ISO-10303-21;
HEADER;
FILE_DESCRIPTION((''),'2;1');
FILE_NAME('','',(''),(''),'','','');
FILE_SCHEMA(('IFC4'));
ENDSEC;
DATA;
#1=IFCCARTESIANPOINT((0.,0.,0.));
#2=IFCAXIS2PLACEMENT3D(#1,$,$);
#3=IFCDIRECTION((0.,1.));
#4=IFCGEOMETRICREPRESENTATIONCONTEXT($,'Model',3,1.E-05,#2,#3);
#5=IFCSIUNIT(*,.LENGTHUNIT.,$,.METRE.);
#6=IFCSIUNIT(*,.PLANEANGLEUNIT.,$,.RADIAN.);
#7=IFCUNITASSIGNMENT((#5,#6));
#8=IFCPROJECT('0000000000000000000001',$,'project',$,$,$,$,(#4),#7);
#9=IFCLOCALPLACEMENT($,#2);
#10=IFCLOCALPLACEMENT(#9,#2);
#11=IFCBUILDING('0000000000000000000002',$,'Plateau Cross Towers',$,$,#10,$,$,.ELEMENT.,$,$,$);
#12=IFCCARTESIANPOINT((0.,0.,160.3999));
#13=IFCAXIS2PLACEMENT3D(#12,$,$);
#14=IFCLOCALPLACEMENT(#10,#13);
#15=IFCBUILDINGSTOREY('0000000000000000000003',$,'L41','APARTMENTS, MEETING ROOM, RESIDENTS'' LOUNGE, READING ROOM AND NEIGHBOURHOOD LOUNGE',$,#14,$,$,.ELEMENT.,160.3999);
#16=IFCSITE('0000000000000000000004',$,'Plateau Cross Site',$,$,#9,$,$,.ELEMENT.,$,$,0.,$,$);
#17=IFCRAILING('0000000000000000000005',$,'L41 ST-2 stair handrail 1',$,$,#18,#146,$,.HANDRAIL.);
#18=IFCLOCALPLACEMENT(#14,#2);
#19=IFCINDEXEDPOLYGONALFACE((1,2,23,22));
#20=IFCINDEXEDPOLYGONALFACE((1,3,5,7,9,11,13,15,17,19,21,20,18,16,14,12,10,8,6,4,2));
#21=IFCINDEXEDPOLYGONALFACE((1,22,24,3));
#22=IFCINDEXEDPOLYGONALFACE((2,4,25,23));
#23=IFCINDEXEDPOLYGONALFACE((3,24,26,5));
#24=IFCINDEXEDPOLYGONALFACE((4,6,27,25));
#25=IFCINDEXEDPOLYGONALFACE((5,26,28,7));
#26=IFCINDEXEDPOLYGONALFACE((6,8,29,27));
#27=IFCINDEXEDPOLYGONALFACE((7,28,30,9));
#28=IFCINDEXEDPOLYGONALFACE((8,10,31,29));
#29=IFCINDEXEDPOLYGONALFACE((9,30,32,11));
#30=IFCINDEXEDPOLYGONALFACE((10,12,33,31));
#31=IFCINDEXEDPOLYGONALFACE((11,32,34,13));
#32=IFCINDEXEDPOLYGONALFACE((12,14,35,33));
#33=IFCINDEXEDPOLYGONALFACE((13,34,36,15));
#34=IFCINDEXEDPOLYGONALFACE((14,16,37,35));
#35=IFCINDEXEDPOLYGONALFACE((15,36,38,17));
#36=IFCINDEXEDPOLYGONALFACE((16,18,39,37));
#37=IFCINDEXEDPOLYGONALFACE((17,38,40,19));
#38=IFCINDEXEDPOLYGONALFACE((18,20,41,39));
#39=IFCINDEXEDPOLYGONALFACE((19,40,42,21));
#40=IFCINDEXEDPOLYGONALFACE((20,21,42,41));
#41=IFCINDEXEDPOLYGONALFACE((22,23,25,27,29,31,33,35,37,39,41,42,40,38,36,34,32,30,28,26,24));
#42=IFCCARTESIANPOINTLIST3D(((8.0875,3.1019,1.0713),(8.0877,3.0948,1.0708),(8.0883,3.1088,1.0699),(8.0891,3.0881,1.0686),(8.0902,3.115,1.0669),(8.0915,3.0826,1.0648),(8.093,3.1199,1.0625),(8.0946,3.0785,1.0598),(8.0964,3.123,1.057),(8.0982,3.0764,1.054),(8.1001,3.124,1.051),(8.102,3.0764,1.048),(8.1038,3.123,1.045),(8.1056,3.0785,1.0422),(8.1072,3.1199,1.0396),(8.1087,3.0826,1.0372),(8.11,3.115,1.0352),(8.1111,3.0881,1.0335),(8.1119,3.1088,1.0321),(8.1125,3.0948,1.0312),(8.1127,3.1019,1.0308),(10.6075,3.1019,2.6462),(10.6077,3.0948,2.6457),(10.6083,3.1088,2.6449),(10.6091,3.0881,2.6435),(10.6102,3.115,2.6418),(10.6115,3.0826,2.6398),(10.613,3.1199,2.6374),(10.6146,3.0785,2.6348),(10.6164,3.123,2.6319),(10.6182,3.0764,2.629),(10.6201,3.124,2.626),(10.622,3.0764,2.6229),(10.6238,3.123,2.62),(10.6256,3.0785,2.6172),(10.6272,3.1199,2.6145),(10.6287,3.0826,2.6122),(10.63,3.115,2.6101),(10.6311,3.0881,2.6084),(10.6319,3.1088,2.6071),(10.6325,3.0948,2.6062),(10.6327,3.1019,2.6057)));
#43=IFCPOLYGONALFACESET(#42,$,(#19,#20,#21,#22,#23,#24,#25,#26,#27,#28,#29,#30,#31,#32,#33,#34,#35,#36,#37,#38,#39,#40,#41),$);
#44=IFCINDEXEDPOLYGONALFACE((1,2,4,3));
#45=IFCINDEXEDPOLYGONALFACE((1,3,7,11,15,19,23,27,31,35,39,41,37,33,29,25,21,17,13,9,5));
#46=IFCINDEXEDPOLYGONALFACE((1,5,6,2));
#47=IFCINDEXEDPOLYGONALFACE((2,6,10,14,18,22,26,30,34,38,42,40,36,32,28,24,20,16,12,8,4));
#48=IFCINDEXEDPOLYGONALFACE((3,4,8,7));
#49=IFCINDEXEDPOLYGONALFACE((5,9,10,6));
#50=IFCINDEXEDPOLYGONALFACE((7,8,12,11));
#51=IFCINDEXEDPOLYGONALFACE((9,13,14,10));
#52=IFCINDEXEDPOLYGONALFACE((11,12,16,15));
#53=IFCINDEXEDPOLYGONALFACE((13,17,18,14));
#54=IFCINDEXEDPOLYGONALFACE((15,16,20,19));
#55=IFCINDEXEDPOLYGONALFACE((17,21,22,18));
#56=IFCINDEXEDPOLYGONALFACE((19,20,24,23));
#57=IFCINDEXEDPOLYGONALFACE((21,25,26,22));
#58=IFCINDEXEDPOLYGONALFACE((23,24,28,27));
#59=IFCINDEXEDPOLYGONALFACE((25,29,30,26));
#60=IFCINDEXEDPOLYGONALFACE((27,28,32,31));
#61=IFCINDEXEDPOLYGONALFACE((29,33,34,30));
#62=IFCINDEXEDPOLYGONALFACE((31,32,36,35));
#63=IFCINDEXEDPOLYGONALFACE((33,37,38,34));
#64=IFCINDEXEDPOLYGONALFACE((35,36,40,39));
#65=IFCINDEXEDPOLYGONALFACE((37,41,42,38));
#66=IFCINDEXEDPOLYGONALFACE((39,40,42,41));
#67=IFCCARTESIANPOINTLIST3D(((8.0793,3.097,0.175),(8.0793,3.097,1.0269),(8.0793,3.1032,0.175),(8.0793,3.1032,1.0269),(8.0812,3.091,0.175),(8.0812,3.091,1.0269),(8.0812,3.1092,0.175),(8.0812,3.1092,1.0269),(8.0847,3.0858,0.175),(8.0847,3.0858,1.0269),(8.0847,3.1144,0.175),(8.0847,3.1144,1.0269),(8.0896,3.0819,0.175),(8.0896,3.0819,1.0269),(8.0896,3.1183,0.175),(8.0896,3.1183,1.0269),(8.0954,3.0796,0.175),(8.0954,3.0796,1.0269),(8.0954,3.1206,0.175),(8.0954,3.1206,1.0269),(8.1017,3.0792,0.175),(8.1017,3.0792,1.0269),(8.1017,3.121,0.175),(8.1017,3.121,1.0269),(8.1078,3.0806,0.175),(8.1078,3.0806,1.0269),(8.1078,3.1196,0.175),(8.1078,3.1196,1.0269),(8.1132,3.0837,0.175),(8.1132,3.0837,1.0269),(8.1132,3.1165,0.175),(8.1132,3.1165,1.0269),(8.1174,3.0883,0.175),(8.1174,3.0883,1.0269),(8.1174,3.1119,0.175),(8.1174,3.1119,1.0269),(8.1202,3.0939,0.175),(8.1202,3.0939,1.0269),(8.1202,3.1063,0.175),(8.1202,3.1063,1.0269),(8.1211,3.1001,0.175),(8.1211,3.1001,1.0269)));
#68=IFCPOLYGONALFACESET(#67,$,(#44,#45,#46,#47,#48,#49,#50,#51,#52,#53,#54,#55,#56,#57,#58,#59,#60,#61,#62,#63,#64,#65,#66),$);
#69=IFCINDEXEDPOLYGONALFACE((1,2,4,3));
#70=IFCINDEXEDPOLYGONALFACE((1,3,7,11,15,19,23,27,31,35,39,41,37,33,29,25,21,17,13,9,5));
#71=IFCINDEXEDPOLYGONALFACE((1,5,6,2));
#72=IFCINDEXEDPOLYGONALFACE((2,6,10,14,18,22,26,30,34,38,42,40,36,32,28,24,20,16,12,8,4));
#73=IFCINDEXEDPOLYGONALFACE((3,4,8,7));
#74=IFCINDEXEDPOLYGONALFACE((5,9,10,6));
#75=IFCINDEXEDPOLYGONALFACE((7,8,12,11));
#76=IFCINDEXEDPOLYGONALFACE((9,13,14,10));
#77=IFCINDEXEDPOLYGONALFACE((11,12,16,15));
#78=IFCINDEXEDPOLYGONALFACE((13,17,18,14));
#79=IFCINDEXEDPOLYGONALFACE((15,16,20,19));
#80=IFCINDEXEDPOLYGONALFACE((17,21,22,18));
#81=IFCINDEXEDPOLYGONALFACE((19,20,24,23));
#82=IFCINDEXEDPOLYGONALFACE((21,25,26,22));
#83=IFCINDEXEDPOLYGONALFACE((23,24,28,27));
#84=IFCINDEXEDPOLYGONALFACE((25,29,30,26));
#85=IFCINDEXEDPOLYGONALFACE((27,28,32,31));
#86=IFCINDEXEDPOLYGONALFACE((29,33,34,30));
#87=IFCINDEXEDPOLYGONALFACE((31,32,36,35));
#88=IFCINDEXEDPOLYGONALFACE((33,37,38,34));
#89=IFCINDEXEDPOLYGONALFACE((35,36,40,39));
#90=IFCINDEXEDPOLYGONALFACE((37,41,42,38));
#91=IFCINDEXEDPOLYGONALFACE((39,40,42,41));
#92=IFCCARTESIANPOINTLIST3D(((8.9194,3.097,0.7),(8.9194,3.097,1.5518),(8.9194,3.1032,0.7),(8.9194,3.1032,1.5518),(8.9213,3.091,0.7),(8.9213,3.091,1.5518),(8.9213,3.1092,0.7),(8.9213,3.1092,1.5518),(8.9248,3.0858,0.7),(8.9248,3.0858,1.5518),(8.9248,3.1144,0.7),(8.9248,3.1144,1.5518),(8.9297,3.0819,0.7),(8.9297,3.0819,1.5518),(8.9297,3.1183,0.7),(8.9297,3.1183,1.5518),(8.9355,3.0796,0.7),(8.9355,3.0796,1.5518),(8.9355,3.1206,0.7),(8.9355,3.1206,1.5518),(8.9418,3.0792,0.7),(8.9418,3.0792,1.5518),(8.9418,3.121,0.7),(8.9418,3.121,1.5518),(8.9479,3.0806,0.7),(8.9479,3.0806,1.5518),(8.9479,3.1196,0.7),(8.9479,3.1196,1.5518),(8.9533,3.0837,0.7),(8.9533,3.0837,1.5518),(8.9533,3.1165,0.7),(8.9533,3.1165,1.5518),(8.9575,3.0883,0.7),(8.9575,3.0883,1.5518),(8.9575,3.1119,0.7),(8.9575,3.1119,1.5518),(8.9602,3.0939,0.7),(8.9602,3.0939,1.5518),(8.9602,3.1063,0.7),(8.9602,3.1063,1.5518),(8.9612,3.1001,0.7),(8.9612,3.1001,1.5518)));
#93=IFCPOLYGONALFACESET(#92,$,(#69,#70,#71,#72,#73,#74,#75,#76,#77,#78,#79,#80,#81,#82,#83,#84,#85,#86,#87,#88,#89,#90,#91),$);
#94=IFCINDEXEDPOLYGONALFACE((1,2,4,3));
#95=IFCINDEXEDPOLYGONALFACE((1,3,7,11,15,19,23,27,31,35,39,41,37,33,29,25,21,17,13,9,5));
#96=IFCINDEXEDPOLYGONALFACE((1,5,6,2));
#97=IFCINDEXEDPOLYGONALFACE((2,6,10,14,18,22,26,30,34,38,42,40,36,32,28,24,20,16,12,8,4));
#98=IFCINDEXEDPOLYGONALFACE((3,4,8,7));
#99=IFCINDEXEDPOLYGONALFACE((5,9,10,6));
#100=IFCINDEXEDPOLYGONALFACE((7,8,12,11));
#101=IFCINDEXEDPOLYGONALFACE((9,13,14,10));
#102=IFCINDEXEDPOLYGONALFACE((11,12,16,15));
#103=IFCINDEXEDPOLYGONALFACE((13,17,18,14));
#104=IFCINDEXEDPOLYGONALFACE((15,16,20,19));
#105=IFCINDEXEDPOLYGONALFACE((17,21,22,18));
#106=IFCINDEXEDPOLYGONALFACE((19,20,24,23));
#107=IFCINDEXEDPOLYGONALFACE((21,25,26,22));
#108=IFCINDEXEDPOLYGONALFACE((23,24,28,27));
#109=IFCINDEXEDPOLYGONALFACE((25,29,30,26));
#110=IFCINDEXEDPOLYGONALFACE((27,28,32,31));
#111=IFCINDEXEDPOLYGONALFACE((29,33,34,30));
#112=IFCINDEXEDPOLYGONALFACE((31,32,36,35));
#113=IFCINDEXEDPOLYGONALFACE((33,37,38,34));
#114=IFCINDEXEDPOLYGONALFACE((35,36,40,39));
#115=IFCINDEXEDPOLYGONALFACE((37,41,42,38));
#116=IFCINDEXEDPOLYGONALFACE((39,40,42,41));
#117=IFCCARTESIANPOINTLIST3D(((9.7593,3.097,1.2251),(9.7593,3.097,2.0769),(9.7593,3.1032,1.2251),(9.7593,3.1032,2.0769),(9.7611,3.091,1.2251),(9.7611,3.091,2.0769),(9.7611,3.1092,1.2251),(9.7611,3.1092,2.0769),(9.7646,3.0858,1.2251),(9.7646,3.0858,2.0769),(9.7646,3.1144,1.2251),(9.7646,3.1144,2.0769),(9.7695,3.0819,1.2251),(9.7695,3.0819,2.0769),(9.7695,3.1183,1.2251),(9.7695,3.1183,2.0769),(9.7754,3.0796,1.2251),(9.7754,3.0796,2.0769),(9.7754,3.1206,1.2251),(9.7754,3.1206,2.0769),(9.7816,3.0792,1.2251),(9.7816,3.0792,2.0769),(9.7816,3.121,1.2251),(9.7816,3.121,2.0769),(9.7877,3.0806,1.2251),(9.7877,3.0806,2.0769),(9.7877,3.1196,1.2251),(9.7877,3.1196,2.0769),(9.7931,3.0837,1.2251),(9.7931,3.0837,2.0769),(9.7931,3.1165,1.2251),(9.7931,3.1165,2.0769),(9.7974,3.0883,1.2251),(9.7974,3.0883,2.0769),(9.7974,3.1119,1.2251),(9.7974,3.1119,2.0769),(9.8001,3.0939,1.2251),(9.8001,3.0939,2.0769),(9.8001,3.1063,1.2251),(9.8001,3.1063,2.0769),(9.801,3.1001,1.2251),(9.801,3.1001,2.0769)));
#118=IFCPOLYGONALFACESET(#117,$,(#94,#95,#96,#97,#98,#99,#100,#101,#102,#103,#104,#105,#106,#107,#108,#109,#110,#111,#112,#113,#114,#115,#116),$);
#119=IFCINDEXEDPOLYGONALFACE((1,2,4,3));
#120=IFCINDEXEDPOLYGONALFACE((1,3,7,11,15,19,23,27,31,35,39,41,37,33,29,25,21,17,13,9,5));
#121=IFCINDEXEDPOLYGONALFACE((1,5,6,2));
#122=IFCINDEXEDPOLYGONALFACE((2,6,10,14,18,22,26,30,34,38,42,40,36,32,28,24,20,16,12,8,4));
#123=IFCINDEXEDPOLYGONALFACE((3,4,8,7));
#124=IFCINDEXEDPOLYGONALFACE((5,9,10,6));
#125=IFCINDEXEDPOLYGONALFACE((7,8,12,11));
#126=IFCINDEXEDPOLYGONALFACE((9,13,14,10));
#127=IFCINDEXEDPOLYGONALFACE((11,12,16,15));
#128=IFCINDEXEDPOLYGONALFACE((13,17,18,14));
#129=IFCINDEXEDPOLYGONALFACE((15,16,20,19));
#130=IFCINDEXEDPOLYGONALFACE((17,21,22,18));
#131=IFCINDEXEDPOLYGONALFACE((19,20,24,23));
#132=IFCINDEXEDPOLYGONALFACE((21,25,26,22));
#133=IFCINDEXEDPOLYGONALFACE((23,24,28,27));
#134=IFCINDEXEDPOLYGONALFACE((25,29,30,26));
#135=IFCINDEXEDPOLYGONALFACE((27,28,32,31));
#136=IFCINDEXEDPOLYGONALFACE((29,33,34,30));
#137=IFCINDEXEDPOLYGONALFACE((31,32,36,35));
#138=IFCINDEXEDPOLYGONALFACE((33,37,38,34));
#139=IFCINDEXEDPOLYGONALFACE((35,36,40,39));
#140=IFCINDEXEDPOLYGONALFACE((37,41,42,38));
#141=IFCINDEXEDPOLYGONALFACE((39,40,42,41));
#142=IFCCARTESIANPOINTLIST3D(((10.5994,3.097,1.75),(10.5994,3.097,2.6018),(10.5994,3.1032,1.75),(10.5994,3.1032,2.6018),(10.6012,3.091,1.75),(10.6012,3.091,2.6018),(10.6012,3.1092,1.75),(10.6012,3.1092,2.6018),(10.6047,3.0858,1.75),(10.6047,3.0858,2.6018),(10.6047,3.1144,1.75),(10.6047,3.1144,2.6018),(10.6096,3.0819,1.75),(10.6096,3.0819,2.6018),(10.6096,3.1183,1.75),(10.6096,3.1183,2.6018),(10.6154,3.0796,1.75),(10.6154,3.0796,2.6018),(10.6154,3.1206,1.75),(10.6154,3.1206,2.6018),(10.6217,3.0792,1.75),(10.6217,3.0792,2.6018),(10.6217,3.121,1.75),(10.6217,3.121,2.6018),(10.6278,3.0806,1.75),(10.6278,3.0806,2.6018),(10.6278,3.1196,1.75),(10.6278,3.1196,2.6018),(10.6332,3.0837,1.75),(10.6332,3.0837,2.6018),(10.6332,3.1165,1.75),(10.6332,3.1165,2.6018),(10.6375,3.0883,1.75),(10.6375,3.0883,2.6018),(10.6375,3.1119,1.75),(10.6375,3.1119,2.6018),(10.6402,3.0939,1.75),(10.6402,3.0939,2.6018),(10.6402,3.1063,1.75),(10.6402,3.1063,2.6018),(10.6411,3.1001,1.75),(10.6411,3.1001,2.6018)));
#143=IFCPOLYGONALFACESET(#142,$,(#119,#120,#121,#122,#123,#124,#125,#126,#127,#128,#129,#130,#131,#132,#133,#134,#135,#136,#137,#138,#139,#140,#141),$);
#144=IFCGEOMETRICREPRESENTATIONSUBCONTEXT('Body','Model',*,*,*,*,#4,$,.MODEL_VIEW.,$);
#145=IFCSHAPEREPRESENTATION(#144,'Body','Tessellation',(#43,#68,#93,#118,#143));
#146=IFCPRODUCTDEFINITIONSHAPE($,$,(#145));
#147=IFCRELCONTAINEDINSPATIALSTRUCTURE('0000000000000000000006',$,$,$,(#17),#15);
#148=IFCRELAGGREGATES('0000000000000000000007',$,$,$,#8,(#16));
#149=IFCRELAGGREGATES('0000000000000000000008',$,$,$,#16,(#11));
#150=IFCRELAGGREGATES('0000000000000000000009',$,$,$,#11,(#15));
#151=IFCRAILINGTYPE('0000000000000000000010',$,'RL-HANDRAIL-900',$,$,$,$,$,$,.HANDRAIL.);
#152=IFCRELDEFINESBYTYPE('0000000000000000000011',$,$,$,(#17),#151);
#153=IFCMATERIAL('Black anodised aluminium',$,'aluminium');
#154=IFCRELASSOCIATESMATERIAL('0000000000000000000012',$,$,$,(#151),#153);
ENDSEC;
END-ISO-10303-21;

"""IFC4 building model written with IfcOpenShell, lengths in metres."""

from ifc_helpers import new_model, si_unit, direction, frame, origin, origin_2d, place, context, subcontext, project, spatial, circle, extrude, material, type_object, element, save


model = new_model("IFC4")

# Units and contexts
model_context = context("Model", 3, precision=1e-05, world=origin(), true_north=direction((0.0, 1.0)))
body_context = subcontext(model_context, "Body", "Model", "MODEL_VIEW")
ifc_project = project(units=[si_unit("LENGTHUNIT", "METRE"), si_unit("PLANEANGLEUNIT", "RADIAN")], contexts=[model_context])

# Site, building, storey
site_placement = place(None, origin())
site = spatial("IfcSite", under=ifc_project, at=site_placement, Name="Plateau Cross Site", CompositionType="ELEMENT", RefElevation=0.0)
building_placement = place(site_placement, origin())
building = spatial("IfcBuilding", under=site, at=building_placement, Name="Plateau Cross Towers", CompositionType="ELEMENT")
storey_placement = place(building_placement, frame((0.0, 0.0, 160.3999)))
storey = spatial("IfcBuildingStorey", under=building, at=storey_placement, Name="L41", Description="APARTMENTS, MEETING ROOM, RESIDENTS' LOUNGE, READING ROOM AND NEIGHBOURHOOD LOUNGE", CompositionType="ELEMENT", Elevation=160.3999)

# Shared definitions
ifc_material_1 = material(Name="Black anodised aluminium", Category="aluminium")

# Railing
railing_type_1 = type_object("IfcRailingType", Name="RL-HANDRAIL-900", PredefinedType="HANDRAIL", material=ifc_material_1)
railing_1_placement = place(storey_placement, frame((8.1001, 3.1001, 0.175)))
element("IfcRailing", 1, at=railing_1_placement, inside=storey, type_object=railing_type_1, Name="L41 ST-2 stair handrail 1", PredefinedType="HANDRAIL", context=body_context, shape_type="SweptSolid", body=[
    extrude(circle(Radius=0.0239, at=origin_2d()), frame((0.0, 0.0, 0.876), z_axis=(0.848008, 0.0, 0.529984), x_axis=(0.0, 1.0, 0.0)), (0.0, 0.0, 1.0), 2.9717),
    extrude(circle(Radius=0.021, at=origin_2d()), origin(), (0.0, 0.0, 1.0), 0.8518),
    extrude(circle(Radius=0.021, at=origin_2d()), frame((0.8401, 0.0, 0.5249)), (0.0, 0.0, 1.0), 0.8518),
    extrude(circle(Radius=0.021, at=origin_2d()), frame((1.6799, 0.0, 1.05)), (0.0, 0.0, 1.0), 0.8518),
    extrude(circle(Radius=0.021, at=origin_2d()), frame((2.52, 0.0, 1.575)), (0.0, 0.0, 1.0), 0.8518),
])

save(model, "model.ifc")
